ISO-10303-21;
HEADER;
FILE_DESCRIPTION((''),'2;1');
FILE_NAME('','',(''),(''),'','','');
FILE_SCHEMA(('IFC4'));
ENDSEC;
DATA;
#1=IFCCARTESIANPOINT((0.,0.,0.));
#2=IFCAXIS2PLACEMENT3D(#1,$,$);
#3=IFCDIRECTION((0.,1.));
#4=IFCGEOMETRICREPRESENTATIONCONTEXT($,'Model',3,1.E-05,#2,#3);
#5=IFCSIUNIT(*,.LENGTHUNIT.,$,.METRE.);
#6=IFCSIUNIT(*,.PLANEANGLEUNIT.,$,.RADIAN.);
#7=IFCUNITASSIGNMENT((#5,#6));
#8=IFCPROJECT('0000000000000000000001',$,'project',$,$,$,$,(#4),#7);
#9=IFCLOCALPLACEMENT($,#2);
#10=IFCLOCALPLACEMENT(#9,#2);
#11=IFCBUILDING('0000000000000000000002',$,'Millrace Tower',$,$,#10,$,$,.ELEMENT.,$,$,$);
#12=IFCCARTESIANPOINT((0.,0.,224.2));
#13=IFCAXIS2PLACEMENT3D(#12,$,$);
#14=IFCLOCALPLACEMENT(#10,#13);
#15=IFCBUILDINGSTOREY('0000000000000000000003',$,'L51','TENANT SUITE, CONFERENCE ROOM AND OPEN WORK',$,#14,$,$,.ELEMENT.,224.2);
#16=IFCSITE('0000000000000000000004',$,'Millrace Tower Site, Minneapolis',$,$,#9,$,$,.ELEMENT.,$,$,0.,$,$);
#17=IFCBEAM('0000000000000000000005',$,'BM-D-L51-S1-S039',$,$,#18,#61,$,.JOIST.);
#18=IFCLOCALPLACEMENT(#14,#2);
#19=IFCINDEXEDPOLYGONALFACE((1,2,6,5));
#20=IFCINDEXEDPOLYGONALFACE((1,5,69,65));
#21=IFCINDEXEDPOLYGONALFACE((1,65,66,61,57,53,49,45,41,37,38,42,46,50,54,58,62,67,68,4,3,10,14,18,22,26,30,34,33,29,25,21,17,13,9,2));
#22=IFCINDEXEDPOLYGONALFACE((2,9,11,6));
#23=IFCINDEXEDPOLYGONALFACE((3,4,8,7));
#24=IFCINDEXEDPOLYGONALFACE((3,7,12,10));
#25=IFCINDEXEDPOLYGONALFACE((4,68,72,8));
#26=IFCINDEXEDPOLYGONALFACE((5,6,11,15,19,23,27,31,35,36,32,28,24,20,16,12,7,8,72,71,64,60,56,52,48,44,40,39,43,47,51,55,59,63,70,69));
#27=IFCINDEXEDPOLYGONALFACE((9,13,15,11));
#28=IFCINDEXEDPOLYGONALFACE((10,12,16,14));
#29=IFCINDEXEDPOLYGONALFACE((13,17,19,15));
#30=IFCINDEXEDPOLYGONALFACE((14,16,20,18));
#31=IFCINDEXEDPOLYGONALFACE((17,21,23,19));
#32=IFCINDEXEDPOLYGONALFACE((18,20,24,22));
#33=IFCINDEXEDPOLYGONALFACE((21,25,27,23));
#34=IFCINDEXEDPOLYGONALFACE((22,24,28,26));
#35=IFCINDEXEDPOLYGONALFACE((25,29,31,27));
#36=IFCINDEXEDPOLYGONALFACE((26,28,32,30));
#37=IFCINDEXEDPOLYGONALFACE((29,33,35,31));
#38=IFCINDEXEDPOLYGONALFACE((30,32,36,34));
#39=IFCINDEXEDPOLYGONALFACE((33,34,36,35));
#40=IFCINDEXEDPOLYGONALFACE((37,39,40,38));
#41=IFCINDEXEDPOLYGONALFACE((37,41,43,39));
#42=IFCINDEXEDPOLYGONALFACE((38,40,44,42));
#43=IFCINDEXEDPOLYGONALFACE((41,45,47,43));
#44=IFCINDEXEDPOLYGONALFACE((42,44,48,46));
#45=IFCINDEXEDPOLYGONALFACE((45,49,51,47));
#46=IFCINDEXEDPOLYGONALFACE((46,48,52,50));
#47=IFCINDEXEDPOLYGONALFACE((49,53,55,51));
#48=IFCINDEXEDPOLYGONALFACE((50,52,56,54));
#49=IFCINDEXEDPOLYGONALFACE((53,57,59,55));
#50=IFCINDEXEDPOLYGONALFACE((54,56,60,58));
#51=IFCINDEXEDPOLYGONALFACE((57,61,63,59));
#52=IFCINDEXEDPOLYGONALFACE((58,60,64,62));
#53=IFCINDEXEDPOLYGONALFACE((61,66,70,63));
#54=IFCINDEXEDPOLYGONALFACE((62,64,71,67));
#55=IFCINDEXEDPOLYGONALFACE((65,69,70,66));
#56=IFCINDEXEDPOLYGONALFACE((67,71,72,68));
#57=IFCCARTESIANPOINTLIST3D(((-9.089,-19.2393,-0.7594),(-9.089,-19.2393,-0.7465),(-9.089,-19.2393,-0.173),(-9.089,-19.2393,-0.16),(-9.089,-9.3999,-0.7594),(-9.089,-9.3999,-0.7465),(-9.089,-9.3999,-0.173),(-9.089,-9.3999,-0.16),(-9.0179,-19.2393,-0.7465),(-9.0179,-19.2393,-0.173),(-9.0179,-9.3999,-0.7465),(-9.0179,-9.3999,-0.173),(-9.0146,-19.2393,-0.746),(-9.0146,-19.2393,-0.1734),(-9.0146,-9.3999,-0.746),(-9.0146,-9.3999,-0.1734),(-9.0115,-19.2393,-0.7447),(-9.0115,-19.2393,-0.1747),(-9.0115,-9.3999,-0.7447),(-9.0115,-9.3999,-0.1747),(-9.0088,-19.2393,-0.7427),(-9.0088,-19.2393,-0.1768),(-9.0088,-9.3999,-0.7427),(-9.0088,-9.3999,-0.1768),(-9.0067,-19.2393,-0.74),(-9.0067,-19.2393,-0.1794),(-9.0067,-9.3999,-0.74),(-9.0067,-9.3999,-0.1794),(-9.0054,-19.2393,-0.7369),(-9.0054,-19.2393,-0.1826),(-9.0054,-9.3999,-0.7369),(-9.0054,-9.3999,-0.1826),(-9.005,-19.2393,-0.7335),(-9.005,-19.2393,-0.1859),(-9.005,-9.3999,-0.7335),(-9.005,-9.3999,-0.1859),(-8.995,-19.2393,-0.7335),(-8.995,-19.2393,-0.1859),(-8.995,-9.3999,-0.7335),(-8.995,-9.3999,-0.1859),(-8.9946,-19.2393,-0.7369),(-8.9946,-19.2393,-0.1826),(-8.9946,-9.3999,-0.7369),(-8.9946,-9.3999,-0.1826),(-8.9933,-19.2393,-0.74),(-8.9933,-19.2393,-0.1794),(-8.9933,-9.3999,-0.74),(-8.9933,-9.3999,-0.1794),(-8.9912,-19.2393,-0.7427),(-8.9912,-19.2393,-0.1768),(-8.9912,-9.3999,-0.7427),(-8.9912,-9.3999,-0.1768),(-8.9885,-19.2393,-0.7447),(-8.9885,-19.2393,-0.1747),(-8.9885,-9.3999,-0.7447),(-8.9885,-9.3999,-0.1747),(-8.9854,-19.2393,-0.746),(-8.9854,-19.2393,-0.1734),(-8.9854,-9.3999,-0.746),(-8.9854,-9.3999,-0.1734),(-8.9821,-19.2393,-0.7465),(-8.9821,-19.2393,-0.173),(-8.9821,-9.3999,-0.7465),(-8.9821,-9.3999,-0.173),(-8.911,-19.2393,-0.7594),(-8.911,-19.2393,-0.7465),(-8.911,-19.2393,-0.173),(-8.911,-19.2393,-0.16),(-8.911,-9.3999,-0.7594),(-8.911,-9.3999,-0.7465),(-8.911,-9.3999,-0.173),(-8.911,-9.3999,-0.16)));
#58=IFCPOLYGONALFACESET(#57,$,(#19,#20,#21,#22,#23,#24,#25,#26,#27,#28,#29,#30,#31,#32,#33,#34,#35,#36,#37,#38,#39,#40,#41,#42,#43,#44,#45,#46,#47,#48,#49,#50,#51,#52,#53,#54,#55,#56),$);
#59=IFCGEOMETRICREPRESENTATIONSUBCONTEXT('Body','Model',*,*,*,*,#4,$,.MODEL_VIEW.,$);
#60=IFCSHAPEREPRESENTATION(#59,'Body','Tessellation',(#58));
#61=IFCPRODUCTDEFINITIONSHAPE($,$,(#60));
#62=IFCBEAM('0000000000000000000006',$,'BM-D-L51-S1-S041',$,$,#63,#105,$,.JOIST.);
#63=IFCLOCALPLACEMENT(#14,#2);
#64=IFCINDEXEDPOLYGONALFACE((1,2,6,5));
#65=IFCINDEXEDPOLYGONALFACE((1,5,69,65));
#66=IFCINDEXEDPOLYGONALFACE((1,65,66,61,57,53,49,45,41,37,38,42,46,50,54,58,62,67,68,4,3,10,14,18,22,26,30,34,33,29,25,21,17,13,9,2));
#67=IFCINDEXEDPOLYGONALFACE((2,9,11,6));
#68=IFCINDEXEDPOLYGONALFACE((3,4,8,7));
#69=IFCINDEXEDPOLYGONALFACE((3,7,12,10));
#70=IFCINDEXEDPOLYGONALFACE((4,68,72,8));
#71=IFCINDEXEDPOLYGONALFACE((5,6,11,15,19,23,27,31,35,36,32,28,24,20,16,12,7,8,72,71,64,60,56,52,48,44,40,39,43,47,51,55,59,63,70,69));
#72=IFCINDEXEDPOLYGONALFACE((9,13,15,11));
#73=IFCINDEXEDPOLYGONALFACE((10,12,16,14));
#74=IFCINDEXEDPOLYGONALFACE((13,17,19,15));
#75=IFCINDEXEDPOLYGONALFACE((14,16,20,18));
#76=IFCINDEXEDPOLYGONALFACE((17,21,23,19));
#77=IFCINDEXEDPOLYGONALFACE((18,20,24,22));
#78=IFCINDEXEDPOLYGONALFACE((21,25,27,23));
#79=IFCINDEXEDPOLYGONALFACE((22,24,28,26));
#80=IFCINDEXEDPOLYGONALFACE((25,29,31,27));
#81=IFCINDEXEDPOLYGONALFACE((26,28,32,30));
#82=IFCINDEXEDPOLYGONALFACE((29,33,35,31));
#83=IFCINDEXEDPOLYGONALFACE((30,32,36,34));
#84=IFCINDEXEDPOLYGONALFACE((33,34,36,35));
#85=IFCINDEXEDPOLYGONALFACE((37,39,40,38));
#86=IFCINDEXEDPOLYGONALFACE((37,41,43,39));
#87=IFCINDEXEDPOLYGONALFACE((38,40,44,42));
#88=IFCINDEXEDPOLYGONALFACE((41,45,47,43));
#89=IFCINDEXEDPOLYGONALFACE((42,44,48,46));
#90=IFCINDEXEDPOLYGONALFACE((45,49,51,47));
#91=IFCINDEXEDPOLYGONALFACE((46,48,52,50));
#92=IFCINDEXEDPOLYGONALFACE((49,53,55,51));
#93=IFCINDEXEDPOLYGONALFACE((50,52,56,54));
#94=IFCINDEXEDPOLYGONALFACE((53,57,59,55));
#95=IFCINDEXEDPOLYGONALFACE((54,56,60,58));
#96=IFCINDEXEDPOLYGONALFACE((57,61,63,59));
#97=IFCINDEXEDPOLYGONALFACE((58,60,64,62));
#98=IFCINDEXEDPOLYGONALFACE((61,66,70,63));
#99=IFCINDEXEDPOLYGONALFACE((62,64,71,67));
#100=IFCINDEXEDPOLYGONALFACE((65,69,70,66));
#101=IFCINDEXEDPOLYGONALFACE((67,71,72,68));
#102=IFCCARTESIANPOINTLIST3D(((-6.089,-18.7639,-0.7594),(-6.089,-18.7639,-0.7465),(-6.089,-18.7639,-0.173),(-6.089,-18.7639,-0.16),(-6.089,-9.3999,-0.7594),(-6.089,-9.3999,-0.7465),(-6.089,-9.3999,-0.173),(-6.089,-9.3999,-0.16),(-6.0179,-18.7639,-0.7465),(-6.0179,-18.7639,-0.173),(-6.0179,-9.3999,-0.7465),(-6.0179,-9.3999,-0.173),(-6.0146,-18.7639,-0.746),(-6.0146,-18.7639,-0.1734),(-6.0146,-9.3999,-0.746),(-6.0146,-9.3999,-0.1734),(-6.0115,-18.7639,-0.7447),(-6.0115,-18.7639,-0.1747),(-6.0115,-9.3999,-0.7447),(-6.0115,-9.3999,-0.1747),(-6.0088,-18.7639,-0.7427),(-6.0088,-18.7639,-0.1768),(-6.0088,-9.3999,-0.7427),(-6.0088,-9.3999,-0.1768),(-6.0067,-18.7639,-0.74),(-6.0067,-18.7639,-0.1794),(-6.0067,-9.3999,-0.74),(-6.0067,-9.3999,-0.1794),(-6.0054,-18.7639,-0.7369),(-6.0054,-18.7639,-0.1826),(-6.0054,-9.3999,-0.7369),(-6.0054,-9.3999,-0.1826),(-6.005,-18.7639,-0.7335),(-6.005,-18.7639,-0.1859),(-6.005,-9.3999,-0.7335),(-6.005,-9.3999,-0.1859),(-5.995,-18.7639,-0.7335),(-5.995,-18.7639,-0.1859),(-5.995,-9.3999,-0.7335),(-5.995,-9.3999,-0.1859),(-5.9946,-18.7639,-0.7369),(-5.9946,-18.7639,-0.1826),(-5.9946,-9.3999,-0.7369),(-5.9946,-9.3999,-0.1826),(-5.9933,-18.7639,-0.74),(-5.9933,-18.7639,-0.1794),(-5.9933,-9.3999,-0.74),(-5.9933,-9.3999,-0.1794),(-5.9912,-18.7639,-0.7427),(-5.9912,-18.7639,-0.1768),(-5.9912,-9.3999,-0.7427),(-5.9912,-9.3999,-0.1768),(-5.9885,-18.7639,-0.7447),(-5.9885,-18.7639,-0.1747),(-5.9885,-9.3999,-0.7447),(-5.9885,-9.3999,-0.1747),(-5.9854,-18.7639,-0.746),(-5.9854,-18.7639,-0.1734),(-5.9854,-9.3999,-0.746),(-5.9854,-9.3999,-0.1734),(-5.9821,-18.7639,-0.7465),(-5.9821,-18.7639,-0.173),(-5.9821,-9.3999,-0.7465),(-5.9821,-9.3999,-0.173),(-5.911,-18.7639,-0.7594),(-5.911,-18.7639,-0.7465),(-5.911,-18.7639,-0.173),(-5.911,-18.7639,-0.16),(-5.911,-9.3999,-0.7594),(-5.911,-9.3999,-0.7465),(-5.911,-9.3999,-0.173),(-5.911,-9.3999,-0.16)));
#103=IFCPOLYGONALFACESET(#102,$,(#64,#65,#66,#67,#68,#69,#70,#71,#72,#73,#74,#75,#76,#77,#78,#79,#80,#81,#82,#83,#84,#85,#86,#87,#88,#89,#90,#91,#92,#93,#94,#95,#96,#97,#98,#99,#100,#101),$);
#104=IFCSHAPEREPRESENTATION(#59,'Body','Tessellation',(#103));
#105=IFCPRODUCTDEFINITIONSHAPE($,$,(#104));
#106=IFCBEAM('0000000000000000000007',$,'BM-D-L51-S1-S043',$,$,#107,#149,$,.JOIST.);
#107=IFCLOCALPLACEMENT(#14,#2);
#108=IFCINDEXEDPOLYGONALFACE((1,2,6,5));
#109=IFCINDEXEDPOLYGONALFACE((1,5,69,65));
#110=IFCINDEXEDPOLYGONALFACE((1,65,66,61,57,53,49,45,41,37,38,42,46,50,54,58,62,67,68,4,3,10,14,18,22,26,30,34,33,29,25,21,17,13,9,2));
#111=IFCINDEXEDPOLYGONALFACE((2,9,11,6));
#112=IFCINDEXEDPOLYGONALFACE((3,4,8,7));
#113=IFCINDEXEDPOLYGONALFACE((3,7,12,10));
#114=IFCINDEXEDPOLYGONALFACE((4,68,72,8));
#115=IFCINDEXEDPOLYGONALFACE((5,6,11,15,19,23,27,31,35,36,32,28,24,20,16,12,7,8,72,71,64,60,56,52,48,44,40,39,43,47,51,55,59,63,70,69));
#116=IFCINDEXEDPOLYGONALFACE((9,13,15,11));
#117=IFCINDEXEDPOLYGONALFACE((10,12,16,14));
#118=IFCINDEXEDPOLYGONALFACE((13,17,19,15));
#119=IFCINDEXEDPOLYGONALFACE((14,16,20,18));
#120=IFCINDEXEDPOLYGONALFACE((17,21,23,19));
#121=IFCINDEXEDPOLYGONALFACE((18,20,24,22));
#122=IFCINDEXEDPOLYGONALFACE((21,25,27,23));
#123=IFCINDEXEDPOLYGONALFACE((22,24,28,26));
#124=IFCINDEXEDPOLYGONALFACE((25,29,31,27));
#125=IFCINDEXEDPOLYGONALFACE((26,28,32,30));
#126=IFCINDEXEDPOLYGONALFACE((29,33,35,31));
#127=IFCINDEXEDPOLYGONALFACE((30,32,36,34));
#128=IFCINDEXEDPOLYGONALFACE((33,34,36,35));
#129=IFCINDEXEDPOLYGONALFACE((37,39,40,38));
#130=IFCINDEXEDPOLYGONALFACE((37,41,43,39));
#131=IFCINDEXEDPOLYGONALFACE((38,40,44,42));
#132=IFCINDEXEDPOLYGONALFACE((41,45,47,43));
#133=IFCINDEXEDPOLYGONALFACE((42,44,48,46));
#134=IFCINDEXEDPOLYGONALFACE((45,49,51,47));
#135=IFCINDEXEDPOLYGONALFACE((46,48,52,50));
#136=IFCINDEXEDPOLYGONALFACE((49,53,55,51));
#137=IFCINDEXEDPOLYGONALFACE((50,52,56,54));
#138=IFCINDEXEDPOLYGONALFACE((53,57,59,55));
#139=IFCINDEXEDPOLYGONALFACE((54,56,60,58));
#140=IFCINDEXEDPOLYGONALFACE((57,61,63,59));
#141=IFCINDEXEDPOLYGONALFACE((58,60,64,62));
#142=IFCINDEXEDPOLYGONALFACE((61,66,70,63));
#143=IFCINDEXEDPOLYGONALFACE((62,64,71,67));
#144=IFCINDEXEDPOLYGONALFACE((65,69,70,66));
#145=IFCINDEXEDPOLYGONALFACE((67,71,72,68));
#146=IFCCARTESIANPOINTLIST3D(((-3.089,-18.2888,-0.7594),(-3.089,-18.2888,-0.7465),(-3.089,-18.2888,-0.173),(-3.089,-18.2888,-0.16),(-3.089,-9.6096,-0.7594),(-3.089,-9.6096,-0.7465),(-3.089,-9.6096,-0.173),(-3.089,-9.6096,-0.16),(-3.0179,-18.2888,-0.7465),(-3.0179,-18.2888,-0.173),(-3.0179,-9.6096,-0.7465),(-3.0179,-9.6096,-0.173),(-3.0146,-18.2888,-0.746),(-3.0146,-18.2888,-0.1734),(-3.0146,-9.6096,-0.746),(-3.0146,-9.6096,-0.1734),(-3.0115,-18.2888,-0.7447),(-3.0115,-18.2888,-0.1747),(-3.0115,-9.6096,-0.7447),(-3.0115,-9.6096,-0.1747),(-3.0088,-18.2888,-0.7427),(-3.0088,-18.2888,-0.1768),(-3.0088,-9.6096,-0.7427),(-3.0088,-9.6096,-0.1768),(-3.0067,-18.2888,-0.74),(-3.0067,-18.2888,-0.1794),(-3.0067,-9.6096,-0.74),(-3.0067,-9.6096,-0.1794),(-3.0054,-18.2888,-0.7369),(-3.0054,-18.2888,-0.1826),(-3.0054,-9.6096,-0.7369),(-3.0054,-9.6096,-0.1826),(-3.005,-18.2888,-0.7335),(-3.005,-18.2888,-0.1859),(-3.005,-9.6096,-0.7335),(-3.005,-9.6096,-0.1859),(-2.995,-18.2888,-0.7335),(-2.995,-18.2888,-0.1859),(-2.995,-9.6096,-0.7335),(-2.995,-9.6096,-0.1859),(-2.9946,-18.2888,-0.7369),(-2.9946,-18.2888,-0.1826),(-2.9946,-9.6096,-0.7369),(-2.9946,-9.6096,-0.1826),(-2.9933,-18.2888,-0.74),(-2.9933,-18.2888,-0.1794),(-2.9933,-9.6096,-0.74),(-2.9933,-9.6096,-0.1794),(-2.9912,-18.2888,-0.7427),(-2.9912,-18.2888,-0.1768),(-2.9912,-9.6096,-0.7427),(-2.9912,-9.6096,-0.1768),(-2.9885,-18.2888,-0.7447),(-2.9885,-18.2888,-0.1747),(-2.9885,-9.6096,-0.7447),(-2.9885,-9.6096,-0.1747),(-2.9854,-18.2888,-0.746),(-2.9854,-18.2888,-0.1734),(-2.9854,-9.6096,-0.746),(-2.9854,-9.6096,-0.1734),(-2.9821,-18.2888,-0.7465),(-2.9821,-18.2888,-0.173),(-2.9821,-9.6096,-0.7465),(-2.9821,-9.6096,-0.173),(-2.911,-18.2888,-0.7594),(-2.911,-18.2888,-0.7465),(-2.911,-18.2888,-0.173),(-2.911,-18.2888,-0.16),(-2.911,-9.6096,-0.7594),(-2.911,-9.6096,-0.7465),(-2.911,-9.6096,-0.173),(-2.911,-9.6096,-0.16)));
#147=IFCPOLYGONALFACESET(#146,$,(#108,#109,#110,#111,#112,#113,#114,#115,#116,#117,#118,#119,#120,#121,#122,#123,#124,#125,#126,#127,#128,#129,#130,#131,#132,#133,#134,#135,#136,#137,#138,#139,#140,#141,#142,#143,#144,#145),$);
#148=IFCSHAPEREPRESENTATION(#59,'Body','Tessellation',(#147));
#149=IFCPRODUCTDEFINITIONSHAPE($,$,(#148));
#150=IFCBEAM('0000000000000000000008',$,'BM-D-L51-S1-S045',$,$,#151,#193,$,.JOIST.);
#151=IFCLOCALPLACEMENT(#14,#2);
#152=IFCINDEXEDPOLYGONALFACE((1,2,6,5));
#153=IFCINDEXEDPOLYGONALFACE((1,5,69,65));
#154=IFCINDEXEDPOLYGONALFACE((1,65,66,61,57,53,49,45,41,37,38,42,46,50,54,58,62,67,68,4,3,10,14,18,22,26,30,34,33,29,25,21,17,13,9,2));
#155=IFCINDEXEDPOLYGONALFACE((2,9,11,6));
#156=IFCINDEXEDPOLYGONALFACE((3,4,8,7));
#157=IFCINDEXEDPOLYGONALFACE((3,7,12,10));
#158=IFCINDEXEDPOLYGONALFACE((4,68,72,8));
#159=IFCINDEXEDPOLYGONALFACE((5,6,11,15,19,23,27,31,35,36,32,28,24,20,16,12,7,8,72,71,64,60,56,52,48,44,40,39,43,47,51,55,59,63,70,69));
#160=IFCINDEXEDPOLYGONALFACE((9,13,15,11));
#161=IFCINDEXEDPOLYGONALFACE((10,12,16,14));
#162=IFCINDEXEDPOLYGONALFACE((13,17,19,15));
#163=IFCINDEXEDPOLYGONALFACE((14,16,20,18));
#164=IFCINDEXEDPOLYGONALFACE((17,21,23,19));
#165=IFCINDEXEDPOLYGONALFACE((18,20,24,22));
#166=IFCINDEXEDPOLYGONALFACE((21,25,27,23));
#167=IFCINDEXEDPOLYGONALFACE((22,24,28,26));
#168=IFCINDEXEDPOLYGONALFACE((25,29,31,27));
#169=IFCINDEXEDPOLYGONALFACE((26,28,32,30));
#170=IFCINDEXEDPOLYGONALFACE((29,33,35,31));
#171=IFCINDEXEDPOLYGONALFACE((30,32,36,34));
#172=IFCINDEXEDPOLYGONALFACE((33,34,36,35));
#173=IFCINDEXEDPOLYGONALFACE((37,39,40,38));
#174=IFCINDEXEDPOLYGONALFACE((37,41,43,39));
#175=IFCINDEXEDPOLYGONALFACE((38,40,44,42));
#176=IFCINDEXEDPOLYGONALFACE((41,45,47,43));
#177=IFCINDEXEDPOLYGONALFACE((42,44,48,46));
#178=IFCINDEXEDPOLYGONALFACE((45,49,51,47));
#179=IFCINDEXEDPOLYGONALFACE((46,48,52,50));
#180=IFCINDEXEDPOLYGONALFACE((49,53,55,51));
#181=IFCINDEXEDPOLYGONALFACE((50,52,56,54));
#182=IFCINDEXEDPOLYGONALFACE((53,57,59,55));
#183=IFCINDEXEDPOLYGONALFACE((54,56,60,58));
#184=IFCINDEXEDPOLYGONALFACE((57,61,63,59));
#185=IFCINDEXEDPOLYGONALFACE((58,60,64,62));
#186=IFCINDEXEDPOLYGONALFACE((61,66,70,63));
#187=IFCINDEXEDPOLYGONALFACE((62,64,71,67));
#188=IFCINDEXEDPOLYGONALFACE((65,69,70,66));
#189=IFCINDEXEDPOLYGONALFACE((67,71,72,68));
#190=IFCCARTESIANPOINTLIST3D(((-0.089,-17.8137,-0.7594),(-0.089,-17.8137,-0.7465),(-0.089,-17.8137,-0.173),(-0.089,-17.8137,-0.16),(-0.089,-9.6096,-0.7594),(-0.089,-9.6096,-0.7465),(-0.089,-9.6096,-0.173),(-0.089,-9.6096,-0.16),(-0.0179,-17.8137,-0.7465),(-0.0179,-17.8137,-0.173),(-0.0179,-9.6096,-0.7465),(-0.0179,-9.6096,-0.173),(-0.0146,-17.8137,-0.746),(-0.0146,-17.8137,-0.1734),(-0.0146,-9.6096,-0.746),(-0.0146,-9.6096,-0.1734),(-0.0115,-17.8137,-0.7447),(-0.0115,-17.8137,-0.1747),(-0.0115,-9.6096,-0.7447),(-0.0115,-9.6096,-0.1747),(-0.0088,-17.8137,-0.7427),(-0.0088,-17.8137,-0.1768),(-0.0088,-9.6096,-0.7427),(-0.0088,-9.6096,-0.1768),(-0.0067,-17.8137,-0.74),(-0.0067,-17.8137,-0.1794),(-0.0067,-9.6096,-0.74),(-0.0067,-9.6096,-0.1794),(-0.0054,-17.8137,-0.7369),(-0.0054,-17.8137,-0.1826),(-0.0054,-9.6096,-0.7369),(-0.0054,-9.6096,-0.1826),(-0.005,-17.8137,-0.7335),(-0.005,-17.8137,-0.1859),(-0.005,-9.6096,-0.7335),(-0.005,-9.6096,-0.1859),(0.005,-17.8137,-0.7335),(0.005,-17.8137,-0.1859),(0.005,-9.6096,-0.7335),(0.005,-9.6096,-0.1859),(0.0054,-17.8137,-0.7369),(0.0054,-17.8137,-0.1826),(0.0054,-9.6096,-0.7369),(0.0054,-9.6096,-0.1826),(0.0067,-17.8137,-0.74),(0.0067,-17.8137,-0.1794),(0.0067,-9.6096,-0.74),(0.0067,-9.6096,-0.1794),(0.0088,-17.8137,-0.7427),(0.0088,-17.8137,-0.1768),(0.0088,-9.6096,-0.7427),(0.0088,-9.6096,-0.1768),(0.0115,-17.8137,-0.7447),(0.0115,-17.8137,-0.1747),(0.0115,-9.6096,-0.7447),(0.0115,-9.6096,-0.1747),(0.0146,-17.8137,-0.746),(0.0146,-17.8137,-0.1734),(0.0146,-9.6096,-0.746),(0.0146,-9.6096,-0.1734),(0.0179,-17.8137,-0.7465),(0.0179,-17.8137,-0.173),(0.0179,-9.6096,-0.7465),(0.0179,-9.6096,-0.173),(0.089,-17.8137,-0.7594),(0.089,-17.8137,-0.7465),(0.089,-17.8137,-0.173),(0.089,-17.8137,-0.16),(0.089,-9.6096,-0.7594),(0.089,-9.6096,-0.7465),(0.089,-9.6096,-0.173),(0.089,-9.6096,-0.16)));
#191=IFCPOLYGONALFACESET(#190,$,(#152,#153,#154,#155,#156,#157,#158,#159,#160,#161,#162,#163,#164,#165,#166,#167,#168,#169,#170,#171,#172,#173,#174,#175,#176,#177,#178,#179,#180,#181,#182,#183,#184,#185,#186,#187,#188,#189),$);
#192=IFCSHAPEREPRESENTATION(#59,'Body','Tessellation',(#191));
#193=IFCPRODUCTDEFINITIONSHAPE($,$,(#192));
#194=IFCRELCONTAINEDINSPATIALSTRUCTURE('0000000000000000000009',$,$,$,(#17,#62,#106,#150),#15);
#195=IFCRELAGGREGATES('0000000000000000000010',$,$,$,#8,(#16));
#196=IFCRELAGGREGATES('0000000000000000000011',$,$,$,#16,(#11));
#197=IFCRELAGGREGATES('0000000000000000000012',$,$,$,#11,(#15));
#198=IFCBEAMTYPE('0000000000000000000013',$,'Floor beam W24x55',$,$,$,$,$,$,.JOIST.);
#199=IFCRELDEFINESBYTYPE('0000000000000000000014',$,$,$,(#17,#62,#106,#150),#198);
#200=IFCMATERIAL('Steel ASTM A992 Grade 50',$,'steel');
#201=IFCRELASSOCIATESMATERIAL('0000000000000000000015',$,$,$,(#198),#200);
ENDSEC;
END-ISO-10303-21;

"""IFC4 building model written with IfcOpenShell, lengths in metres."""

from ifc_helpers import new_model, si_unit, direction, frame, origin, origin_2d, place, context, subcontext, project, spatial, i_section, extrude, material, material_profile, profile_set, type_object, element, save


model = new_model("IFC4")

# Units and contexts
model_context = context("Model", 3, precision=1e-05, world=origin(), true_north=direction((0.0, 1.0)))
body_context = subcontext(model_context, "Body", "Model", "MODEL_VIEW")
ifc_project = project(units=[si_unit("LENGTHUNIT", "METRE"), si_unit("PLANEANGLEUNIT", "RADIAN")], contexts=[model_context])

# Site, building, storey
site_placement = place(None, origin())
site = spatial("IfcSite", under=ifc_project, at=site_placement, Name="Millrace Tower Site, Minneapolis", CompositionType="ELEMENT", RefElevation=0.0)
building_placement = place(site_placement, origin())
building = spatial("IfcBuilding", under=site, at=building_placement, Name="Millrace Tower", CompositionType="ELEMENT")
storey_placement = place(building_placement, frame((0.0, 0.0, 224.2)))
storey = spatial("IfcBuildingStorey", under=building, at=storey_placement, Name="L51", Description="TENANT SUITE, CONFERENCE ROOM AND OPEN WORK", CompositionType="ELEMENT", Elevation=224.2)

# Beams
ifc_material_1 = material(Name="Steel ASTM A992 Grade 50", Category="steel")
ifc_material_profile_1 = material_profile(ifc_material_1, i_section(OverallWidth=0.178, OverallDepth=0.5994, WebThickness=0.01, FlangeThickness=0.0129, FilletRadius=0.0129, at=origin_2d()))
ifc_profile_set_1 = profile_set([ifc_material_profile_1], Name="Steel ASTM A992 Grade 50")
beam_type_1 = type_object("IfcBeamType", Name="Floor beam W24x55", PredefinedType="JOIST", material=ifc_profile_set_1)
beam_1_placement = place(storey_placement, frame((-9.0, -19.2393, -0.4597), z_axis=(0.0, 1.0, 0.0), x_axis=(-1.0, 0.0, 0.0)))
element("IfcBeam", 1, at=beam_1_placement, inside=storey, type_object=beam_type_1, Name="BM-D-L51-S1-S039", PredefinedType="JOIST", context=body_context, shape_type="SweptSolid", body=[
    extrude(i_section(OverallWidth=0.178, OverallDepth=0.5994, WebThickness=0.01, FlangeThickness=0.0129, FilletRadius=0.0129, at=origin_2d()), origin(), (0.0, 0.0, 1.0), 9.8394),
])
beam_2_placement = place(storey_placement, frame((-6.0, -18.7639, -0.4597), z_axis=(0.0, 1.0, 0.0), x_axis=(-1.0, 0.0, 0.0)))
element("IfcBeam", 2, at=beam_2_placement, inside=storey, type_object=beam_type_1, Name="BM-D-L51-S1-S041", PredefinedType="JOIST", context=body_context, shape_type="SweptSolid", body=[
    extrude(i_section(OverallWidth=0.178, OverallDepth=0.5994, WebThickness=0.01, FlangeThickness=0.0129, FilletRadius=0.0129, at=origin_2d()), origin(), (0.0, 0.0, 1.0), 9.364),
])
beam_3_placement = place(storey_placement, frame((-3.0, -18.2888, -0.4597), z_axis=(0.0, 1.0, 0.0), x_axis=(-1.0, 0.0, 0.0)))
element("IfcBeam", 3, at=beam_3_placement, inside=storey, type_object=beam_type_1, Name="BM-D-L51-S1-S043", PredefinedType="JOIST", context=body_context, shape_type="SweptSolid", body=[
    extrude(i_section(OverallWidth=0.178, OverallDepth=0.5994, WebThickness=0.01, FlangeThickness=0.0129, FilletRadius=0.0129, at=origin_2d()), origin(), (0.0, 0.0, 1.0), 8.6792),
])
beam_4_placement = place(storey_placement, frame((0.0, -17.8137, -0.4597), z_axis=(0.0, 1.0, 0.0), x_axis=(-1.0, 0.0, 0.0)))
element("IfcBeam", 4, at=beam_4_placement, inside=storey, type_object=beam_type_1, Name="BM-D-L51-S1-S045", PredefinedType="JOIST", context=body_context, shape_type="SweptSolid", body=[
    extrude(i_section(OverallWidth=0.178, OverallDepth=0.5994, WebThickness=0.01, FlangeThickness=0.0129, FilletRadius=0.0129, at=origin_2d()), origin(), (0.0, 0.0, 1.0), 8.2041),
])

save(model, "model.ifc")
